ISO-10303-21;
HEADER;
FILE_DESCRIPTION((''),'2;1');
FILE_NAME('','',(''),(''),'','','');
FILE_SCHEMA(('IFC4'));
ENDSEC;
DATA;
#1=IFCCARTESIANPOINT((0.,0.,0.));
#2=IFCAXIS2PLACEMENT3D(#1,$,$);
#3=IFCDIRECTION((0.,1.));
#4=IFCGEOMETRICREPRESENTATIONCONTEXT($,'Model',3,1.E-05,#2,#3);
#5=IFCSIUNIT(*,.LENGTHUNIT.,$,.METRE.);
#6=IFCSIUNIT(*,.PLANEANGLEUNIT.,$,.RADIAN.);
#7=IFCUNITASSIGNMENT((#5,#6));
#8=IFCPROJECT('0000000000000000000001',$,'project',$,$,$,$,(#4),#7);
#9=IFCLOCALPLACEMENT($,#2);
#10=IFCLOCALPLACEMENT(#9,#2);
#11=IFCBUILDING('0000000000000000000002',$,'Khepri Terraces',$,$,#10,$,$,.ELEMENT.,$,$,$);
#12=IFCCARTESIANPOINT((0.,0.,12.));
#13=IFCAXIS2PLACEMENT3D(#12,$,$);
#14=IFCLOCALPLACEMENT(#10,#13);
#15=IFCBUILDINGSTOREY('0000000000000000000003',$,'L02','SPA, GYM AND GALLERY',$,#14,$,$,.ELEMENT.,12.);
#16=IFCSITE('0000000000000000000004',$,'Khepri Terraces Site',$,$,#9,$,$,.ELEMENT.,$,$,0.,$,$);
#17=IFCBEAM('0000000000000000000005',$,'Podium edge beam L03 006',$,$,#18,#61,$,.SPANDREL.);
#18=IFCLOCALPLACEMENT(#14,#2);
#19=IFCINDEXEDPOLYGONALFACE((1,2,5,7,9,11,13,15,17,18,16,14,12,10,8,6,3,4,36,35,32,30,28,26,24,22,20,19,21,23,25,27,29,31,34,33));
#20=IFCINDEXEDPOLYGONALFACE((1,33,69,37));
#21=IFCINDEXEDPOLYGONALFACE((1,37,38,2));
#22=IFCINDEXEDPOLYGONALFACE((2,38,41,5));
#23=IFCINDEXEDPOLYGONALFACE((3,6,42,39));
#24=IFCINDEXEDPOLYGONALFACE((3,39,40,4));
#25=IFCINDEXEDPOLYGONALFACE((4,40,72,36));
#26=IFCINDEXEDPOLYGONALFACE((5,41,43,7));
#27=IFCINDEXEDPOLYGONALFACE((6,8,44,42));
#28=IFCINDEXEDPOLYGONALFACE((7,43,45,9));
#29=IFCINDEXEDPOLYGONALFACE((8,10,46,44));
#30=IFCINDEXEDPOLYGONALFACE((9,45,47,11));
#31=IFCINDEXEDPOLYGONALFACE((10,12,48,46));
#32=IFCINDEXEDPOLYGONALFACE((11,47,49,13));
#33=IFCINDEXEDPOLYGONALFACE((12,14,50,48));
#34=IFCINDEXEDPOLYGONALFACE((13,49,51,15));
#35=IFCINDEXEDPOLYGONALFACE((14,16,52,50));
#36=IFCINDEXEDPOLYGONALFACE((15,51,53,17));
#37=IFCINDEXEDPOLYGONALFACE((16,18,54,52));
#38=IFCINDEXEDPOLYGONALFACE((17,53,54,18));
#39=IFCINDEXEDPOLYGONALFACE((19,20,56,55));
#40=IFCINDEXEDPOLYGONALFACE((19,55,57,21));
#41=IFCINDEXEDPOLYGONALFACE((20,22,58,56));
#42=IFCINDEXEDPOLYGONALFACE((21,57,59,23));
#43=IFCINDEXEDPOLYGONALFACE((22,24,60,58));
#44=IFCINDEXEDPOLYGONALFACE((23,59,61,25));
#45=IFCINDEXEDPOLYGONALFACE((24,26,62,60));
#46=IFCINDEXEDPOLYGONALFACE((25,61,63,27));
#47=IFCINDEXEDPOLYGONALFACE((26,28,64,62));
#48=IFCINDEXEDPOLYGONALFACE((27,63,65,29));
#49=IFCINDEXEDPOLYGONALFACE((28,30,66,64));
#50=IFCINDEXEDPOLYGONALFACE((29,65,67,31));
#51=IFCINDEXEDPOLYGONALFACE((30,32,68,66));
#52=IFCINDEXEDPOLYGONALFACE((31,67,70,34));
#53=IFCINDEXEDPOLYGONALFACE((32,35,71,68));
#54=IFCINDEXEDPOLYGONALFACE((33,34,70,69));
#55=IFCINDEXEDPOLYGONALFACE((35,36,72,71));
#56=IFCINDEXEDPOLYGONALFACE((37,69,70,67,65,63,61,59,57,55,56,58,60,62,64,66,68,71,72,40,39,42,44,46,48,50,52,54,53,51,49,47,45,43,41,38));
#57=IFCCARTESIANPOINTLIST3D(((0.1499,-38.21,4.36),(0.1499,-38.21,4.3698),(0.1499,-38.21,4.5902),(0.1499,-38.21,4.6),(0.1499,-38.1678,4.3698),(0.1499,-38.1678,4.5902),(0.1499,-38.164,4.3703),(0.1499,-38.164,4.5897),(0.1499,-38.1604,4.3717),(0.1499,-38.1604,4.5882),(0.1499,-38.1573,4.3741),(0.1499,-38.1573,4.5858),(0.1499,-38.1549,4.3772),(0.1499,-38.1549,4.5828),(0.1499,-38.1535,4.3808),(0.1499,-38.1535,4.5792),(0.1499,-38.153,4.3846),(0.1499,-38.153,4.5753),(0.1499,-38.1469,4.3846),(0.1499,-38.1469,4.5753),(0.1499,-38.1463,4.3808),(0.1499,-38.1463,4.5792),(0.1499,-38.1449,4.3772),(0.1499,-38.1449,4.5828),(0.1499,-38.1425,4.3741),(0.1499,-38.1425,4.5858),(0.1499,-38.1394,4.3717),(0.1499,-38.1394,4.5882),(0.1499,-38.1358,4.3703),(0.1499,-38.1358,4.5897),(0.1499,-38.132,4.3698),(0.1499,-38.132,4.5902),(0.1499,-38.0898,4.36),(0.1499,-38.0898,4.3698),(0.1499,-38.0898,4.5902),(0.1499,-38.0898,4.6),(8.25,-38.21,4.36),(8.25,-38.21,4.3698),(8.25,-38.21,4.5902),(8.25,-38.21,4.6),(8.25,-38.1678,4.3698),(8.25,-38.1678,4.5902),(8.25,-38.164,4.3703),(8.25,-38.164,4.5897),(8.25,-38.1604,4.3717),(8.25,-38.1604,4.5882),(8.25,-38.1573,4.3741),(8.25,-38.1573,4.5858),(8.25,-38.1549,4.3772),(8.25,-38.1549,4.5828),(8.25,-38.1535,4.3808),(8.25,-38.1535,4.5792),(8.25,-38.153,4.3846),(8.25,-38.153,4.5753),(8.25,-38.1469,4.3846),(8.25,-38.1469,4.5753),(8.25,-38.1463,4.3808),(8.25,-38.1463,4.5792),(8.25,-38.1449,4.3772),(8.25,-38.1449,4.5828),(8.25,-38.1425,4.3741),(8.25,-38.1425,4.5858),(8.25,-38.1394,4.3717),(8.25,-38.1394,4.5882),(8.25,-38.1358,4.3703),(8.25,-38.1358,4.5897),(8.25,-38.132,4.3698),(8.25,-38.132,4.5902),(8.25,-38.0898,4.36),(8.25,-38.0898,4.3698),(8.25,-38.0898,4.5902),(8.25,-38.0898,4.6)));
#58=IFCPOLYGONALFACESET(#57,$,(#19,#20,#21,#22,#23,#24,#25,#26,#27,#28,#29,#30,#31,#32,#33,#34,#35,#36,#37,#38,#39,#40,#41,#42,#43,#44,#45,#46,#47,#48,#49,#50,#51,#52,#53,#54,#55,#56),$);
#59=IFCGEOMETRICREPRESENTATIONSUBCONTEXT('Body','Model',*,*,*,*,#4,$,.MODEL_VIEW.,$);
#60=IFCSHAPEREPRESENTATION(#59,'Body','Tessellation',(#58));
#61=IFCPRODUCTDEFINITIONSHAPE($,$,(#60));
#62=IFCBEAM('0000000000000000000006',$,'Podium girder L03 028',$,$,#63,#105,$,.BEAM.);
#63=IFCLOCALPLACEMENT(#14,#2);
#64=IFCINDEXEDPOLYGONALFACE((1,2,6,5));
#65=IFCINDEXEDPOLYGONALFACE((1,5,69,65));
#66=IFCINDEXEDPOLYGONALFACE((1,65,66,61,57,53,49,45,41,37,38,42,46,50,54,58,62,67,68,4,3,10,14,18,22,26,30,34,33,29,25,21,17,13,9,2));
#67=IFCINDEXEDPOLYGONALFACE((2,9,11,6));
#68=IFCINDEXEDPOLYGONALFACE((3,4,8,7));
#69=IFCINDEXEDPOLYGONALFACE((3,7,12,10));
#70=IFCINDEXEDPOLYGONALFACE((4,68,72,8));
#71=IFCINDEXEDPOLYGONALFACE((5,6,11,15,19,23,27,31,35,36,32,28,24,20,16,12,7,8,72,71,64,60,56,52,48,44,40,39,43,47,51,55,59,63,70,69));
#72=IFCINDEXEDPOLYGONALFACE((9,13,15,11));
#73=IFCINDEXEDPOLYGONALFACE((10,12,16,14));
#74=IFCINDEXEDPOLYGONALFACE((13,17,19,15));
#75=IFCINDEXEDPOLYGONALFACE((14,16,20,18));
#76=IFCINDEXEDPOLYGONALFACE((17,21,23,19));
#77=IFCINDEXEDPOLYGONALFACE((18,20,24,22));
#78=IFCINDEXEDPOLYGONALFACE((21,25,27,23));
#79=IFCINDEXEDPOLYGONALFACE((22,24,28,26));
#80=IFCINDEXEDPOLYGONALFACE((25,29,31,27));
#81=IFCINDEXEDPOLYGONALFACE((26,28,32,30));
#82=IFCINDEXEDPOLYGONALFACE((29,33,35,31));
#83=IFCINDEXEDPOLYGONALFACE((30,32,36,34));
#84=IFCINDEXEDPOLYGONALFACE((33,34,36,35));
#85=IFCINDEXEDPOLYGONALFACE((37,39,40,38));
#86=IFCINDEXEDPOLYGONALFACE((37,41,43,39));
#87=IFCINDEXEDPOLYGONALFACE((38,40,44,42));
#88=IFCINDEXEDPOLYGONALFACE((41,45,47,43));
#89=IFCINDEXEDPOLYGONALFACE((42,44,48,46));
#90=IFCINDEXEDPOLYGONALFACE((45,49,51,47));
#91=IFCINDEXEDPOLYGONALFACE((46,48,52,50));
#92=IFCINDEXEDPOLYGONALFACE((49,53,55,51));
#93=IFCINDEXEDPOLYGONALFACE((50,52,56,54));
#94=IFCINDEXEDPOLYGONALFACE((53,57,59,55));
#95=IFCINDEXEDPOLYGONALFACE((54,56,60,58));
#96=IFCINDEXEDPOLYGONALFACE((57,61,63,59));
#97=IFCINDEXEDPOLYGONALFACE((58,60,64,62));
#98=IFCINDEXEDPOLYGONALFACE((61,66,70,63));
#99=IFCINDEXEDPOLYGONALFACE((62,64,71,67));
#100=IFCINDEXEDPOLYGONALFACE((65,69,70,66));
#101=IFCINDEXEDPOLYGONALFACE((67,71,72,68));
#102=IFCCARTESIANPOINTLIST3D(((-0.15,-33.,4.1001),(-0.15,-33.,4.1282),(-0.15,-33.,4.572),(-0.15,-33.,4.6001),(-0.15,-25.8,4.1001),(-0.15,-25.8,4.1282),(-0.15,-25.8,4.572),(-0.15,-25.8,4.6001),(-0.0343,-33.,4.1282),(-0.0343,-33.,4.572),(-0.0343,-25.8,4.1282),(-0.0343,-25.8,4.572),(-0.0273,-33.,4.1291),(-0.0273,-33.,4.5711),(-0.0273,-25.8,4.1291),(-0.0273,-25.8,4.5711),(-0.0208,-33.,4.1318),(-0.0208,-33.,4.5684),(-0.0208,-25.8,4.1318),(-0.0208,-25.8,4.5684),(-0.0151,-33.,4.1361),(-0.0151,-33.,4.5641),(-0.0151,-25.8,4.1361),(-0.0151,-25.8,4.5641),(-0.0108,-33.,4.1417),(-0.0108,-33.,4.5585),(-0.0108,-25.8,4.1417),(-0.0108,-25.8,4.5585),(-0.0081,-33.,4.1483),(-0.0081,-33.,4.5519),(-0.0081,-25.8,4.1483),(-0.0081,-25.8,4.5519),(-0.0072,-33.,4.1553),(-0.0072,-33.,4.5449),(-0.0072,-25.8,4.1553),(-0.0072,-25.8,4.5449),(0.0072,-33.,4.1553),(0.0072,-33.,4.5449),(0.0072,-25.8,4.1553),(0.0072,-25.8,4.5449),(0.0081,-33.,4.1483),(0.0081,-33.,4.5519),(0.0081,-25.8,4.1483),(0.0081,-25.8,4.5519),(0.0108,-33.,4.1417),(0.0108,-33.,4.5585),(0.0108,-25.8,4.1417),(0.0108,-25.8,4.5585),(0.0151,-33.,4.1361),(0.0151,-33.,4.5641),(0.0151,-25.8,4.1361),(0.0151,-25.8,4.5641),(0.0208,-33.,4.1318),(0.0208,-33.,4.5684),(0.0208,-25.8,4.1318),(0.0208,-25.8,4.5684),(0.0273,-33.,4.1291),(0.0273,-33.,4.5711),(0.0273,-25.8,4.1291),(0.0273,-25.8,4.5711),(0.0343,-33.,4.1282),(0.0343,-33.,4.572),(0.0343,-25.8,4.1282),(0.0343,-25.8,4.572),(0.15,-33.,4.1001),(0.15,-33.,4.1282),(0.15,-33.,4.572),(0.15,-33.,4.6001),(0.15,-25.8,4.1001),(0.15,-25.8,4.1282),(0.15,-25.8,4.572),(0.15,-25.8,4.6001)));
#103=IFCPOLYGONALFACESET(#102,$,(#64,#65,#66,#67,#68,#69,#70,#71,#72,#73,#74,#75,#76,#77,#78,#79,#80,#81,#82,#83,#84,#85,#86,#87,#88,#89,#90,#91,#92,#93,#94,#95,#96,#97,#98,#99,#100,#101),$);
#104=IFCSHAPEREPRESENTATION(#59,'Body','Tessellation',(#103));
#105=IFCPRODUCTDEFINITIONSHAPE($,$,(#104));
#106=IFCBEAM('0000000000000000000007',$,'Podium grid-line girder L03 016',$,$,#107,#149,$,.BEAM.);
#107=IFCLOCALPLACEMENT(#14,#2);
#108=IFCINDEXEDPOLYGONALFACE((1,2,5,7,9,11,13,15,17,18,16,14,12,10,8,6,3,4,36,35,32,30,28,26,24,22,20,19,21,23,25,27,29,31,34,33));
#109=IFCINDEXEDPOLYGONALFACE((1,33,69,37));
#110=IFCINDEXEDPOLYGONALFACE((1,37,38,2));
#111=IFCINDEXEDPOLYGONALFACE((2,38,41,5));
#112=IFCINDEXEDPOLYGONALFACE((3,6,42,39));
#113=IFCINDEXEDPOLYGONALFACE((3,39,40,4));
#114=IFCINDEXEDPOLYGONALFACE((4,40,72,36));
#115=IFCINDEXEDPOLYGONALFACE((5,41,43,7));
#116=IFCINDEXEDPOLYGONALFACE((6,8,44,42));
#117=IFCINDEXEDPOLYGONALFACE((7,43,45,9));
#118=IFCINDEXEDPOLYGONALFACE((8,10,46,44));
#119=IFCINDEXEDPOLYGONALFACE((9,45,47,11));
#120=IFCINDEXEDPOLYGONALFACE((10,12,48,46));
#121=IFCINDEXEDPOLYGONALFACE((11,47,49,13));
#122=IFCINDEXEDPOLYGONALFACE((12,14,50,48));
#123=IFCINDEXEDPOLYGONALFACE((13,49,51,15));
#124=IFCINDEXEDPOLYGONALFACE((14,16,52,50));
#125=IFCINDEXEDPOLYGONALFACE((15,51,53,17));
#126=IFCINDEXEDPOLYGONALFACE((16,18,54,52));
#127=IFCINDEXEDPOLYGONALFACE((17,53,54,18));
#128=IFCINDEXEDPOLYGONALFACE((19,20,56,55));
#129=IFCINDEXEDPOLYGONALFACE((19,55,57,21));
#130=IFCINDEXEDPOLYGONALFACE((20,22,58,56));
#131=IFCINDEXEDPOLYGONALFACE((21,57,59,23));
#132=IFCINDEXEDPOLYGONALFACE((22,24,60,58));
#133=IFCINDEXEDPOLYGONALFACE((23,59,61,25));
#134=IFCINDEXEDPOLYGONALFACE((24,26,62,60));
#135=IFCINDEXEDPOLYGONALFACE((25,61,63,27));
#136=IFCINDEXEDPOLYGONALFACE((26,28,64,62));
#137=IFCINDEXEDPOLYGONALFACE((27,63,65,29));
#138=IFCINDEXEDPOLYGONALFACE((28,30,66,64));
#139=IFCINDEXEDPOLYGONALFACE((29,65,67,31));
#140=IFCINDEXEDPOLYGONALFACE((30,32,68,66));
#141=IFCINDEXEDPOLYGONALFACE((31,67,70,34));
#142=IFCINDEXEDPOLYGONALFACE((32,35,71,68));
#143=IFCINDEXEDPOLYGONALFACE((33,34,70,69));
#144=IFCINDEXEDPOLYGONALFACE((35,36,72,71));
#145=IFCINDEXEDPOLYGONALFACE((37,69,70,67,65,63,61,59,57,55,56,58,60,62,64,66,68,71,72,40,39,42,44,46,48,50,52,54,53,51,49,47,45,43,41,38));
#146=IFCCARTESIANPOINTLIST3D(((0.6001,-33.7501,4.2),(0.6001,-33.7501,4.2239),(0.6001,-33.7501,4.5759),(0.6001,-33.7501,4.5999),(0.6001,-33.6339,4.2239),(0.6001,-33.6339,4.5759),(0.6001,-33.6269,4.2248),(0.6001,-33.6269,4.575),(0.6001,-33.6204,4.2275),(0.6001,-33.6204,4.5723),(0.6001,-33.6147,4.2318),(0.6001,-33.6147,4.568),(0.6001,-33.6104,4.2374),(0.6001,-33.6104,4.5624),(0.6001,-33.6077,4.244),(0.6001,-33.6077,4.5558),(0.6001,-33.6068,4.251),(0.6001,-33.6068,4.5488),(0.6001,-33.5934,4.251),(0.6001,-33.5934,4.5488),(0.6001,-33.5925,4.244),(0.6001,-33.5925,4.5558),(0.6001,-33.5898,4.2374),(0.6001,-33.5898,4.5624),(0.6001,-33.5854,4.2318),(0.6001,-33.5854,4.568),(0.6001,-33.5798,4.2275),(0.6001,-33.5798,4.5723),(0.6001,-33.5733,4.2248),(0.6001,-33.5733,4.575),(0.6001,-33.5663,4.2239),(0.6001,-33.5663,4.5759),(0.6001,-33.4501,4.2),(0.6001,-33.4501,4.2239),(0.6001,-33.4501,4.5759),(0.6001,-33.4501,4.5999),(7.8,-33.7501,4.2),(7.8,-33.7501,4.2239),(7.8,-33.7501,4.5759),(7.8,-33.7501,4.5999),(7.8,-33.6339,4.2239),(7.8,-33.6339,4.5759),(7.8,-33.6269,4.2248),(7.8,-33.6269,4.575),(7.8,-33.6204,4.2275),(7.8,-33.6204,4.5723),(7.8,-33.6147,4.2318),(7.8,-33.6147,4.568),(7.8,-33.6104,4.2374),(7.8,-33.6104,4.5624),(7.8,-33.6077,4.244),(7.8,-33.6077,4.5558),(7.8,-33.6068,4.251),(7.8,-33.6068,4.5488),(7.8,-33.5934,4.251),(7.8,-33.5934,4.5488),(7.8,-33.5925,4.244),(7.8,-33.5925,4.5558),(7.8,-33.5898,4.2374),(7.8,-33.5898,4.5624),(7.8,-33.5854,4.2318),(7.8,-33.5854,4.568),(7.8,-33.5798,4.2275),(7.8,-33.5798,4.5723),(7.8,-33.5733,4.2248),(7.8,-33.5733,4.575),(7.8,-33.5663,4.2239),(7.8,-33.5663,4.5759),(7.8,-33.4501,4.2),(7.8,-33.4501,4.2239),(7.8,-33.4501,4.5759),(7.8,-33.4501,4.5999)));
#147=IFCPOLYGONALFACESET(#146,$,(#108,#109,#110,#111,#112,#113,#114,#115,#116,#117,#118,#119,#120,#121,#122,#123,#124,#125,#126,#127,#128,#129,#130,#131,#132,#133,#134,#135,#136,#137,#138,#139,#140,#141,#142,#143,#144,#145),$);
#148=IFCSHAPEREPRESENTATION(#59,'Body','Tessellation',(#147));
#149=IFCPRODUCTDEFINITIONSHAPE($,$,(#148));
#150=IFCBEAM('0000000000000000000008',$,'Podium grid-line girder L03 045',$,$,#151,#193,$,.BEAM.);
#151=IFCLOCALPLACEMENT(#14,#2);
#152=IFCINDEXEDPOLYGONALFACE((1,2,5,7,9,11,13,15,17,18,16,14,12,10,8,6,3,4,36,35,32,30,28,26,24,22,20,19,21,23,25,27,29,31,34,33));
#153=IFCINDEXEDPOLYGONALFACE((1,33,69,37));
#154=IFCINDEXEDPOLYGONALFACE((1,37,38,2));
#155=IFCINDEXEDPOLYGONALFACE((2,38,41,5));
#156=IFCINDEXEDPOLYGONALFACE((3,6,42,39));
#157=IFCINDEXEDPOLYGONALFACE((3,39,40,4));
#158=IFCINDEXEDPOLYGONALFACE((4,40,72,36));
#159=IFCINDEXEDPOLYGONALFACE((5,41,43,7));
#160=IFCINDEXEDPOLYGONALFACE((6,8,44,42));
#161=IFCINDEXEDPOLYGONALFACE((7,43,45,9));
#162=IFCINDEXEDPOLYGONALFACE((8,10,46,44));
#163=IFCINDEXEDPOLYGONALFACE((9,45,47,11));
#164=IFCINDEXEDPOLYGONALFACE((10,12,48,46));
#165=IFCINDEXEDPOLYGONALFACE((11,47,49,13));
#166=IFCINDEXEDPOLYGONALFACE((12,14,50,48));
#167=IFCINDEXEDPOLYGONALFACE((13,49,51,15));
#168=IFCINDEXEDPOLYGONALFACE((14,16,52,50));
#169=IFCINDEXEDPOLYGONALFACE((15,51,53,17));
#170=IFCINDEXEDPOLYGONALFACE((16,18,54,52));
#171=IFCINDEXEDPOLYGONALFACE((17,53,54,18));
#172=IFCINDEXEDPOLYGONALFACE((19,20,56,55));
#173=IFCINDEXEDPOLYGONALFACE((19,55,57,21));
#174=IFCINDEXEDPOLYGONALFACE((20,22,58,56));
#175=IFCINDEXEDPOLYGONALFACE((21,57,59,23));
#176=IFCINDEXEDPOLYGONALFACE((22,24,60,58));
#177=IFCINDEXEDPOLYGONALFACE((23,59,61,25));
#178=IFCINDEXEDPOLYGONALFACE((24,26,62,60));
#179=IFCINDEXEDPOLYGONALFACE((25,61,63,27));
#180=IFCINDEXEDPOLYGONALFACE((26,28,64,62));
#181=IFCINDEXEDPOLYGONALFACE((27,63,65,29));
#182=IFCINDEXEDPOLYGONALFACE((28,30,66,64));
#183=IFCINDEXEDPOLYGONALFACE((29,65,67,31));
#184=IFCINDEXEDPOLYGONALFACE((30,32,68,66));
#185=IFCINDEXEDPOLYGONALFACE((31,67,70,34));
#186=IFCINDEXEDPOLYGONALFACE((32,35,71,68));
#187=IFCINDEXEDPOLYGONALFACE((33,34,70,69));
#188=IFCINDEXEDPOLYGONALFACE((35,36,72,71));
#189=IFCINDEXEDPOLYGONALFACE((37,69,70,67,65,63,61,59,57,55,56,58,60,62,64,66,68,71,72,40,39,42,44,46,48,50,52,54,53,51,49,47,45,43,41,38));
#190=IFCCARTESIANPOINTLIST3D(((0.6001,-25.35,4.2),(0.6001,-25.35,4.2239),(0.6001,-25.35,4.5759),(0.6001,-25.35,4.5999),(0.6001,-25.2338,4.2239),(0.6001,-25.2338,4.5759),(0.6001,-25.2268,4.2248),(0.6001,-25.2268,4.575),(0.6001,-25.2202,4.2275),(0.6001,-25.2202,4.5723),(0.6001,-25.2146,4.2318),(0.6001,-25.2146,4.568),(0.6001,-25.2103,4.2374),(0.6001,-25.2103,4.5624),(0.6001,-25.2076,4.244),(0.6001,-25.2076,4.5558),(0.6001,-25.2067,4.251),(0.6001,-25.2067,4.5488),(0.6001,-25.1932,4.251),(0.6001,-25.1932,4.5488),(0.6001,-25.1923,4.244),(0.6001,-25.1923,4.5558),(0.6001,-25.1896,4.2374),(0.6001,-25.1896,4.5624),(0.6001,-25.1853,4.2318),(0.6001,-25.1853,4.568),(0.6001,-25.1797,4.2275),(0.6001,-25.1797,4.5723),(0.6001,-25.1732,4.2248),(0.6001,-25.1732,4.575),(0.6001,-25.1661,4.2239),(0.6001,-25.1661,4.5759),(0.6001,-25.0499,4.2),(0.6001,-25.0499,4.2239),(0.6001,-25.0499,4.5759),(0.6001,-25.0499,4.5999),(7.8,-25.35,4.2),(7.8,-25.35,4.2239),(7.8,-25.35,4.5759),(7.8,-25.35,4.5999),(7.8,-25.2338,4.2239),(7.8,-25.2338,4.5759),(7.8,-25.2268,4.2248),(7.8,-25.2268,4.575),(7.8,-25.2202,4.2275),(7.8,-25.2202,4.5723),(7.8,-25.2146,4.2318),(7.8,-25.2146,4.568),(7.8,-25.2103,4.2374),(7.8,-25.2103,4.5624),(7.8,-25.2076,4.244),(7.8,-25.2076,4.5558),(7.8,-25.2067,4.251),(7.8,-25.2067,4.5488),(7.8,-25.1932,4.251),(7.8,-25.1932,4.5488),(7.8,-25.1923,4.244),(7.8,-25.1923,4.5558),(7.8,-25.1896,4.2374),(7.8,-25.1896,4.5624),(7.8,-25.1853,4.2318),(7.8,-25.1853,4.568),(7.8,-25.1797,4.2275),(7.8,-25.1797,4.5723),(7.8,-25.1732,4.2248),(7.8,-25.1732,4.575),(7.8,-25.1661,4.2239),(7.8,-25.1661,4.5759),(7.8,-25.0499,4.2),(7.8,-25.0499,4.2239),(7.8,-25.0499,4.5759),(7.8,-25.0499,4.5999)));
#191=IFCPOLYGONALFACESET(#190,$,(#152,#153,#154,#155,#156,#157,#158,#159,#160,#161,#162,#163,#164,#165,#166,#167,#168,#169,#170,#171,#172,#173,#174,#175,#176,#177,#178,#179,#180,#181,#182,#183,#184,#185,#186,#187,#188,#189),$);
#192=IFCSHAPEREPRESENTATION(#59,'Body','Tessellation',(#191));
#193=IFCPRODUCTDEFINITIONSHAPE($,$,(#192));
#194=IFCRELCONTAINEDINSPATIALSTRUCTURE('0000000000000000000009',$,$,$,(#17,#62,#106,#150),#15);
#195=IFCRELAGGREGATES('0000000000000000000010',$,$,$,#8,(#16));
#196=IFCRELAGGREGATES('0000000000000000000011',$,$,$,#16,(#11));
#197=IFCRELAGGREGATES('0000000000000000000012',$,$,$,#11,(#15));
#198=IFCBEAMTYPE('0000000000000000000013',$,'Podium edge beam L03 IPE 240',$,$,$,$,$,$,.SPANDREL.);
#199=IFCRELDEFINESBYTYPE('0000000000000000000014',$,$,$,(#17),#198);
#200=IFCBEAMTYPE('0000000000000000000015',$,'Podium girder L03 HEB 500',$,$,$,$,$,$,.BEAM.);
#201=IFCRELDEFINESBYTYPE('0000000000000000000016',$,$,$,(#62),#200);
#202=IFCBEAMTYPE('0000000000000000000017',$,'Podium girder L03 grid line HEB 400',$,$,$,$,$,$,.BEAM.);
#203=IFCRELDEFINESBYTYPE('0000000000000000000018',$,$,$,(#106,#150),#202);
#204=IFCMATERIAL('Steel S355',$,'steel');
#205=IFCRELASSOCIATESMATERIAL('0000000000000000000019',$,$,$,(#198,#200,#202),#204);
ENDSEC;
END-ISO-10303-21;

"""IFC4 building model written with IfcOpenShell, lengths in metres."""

from ifc_helpers import new_model, si_unit, direction, frame, origin, origin_2d, place, context, subcontext, project, spatial, i_section, extrude, material, material_profile, profile_set, type_object, element, save


model = new_model("IFC4")

# Units and contexts
model_context = context("Model", 3, precision=1e-05, world=origin(), true_north=direction((0.0, 1.0)))
body_context = subcontext(model_context, "Body", "Model", "MODEL_VIEW")
ifc_project = project(units=[si_unit("LENGTHUNIT", "METRE"), si_unit("PLANEANGLEUNIT", "RADIAN")], contexts=[model_context])

# Site, building, storey
site_placement = place(None, origin())
site = spatial("IfcSite", under=ifc_project, at=site_placement, Name="Khepri Terraces Site", CompositionType="ELEMENT", RefElevation=0.0)
building_placement = place(site_placement, origin())
building = spatial("IfcBuilding", under=site, at=building_placement, Name="Khepri Terraces", CompositionType="ELEMENT")
storey_placement = place(building_placement, frame((0.0, 0.0, 12.0)))
storey = spatial("IfcBuildingStorey", under=building, at=storey_placement, Name="L02", Description="SPA, GYM AND GALLERY", CompositionType="ELEMENT", Elevation=12.0)

# Beams
ifc_material_1 = material(Name="Steel S355", Category="steel")
ifc_material_profile_1 = material_profile(ifc_material_1, i_section(OverallWidth=0.1201, OverallDepth=0.24, WebThickness=0.0061, FlangeThickness=0.0098, FilletRadius=0.0149, at=origin_2d()), Name="Steel S355", Category="steel")
ifc_profile_set_1 = profile_set([ifc_material_profile_1], Name="Steel S355")
beam_type_1 = type_object("IfcBeamType", Name="Podium edge beam L03 IPE 240", PredefinedType="SPANDREL", material=ifc_profile_set_1)
beam_1_placement = place(storey_placement, frame((0.1499, -38.1499, 4.48), z_axis=(1.0, 0.0, 0.0), x_axis=(0.0, 1.0, 0.0)))
element("IfcBeam", 1, at=beam_1_placement, inside=storey, type_object=beam_type_1, Name="Podium edge beam L03 006", PredefinedType="SPANDREL", context=body_context, shape_type="SweptSolid", body=[
    extrude(i_section(OverallWidth=0.1201, OverallDepth=0.24, WebThickness=0.0061, FlangeThickness=0.0098, FilletRadius=0.0149, at=origin_2d()), origin(), (0.0, 0.0, 1.0), 8.1001),
])
ifc_material_profile_2 = material_profile(ifc_material_1, i_section(OverallWidth=0.3, OverallDepth=0.5, WebThickness=0.0144, FlangeThickness=0.0281, FilletRadius=0.0271, at=origin_2d()), Name="Steel S355", Category="steel")
ifc_profile_set_2 = profile_set([ifc_material_profile_2], Name="Steel S355")
beam_type_2 = type_object("IfcBeamType", Name="Podium girder L03 HEB 500", PredefinedType="BEAM", material=ifc_profile_set_2)
beam_2_placement = place(storey_placement, frame((0.0, -33.0, 4.3501), z_axis=(0.0, 1.0, 0.0), x_axis=(-1.0, 0.0, 0.0)))
element("IfcBeam", 2, at=beam_2_placement, inside=storey, type_object=beam_type_2, Name="Podium girder L03 028", PredefinedType="BEAM", context=body_context, shape_type="SweptSolid", body=[
    extrude(i_section(OverallWidth=0.3, OverallDepth=0.5, WebThickness=0.0144, FlangeThickness=0.0281, FilletRadius=0.0271, at=origin_2d()), origin(), (0.0, 0.0, 1.0), 7.2),
])
ifc_material_profile_3 = material_profile(ifc_material_1, i_section(OverallWidth=0.3, OverallDepth=0.3999, WebThickness=0.0134, FlangeThickness=0.0239, FilletRadius=0.0271, at=origin_2d()), Name="Steel S355", Category="steel")
ifc_profile_set_3 = profile_set([ifc_material_profile_3], Name="Steel S355")
beam_type_3 = type_object("IfcBeamType", Name="Podium girder L03 grid line HEB 400", PredefinedType="BEAM", material=ifc_profile_set_3)
for number, where, z_axis, x_axis, name in (
    (3, (0.6001, -33.6001, 4.3999), (1.0, 0.0, 0.0), (0.0, 1.0, 0.0), "Podium grid-line girder L03 016"),
    (4, (0.6001, -25.2, 4.3999), (1.0, 0.0, 0.0), (0.0, 1.0, 0.0), "Podium grid-line girder L03 045"),
):
    element("IfcBeam", number, at=place(storey_placement, frame(where, z_axis=z_axis, x_axis=x_axis)), inside=storey, type_object=beam_type_3, Name=name, PredefinedType="BEAM", context=body_context, shape_type="SweptSolid", body=[
        extrude(i_section(OverallWidth=0.3, OverallDepth=0.3999, WebThickness=0.0134, FlangeThickness=0.0239, FilletRadius=0.0271, at=origin_2d()), origin(), (0.0, 0.0, 1.0), 7.2),
    ])

save(model, "model.ifc")
